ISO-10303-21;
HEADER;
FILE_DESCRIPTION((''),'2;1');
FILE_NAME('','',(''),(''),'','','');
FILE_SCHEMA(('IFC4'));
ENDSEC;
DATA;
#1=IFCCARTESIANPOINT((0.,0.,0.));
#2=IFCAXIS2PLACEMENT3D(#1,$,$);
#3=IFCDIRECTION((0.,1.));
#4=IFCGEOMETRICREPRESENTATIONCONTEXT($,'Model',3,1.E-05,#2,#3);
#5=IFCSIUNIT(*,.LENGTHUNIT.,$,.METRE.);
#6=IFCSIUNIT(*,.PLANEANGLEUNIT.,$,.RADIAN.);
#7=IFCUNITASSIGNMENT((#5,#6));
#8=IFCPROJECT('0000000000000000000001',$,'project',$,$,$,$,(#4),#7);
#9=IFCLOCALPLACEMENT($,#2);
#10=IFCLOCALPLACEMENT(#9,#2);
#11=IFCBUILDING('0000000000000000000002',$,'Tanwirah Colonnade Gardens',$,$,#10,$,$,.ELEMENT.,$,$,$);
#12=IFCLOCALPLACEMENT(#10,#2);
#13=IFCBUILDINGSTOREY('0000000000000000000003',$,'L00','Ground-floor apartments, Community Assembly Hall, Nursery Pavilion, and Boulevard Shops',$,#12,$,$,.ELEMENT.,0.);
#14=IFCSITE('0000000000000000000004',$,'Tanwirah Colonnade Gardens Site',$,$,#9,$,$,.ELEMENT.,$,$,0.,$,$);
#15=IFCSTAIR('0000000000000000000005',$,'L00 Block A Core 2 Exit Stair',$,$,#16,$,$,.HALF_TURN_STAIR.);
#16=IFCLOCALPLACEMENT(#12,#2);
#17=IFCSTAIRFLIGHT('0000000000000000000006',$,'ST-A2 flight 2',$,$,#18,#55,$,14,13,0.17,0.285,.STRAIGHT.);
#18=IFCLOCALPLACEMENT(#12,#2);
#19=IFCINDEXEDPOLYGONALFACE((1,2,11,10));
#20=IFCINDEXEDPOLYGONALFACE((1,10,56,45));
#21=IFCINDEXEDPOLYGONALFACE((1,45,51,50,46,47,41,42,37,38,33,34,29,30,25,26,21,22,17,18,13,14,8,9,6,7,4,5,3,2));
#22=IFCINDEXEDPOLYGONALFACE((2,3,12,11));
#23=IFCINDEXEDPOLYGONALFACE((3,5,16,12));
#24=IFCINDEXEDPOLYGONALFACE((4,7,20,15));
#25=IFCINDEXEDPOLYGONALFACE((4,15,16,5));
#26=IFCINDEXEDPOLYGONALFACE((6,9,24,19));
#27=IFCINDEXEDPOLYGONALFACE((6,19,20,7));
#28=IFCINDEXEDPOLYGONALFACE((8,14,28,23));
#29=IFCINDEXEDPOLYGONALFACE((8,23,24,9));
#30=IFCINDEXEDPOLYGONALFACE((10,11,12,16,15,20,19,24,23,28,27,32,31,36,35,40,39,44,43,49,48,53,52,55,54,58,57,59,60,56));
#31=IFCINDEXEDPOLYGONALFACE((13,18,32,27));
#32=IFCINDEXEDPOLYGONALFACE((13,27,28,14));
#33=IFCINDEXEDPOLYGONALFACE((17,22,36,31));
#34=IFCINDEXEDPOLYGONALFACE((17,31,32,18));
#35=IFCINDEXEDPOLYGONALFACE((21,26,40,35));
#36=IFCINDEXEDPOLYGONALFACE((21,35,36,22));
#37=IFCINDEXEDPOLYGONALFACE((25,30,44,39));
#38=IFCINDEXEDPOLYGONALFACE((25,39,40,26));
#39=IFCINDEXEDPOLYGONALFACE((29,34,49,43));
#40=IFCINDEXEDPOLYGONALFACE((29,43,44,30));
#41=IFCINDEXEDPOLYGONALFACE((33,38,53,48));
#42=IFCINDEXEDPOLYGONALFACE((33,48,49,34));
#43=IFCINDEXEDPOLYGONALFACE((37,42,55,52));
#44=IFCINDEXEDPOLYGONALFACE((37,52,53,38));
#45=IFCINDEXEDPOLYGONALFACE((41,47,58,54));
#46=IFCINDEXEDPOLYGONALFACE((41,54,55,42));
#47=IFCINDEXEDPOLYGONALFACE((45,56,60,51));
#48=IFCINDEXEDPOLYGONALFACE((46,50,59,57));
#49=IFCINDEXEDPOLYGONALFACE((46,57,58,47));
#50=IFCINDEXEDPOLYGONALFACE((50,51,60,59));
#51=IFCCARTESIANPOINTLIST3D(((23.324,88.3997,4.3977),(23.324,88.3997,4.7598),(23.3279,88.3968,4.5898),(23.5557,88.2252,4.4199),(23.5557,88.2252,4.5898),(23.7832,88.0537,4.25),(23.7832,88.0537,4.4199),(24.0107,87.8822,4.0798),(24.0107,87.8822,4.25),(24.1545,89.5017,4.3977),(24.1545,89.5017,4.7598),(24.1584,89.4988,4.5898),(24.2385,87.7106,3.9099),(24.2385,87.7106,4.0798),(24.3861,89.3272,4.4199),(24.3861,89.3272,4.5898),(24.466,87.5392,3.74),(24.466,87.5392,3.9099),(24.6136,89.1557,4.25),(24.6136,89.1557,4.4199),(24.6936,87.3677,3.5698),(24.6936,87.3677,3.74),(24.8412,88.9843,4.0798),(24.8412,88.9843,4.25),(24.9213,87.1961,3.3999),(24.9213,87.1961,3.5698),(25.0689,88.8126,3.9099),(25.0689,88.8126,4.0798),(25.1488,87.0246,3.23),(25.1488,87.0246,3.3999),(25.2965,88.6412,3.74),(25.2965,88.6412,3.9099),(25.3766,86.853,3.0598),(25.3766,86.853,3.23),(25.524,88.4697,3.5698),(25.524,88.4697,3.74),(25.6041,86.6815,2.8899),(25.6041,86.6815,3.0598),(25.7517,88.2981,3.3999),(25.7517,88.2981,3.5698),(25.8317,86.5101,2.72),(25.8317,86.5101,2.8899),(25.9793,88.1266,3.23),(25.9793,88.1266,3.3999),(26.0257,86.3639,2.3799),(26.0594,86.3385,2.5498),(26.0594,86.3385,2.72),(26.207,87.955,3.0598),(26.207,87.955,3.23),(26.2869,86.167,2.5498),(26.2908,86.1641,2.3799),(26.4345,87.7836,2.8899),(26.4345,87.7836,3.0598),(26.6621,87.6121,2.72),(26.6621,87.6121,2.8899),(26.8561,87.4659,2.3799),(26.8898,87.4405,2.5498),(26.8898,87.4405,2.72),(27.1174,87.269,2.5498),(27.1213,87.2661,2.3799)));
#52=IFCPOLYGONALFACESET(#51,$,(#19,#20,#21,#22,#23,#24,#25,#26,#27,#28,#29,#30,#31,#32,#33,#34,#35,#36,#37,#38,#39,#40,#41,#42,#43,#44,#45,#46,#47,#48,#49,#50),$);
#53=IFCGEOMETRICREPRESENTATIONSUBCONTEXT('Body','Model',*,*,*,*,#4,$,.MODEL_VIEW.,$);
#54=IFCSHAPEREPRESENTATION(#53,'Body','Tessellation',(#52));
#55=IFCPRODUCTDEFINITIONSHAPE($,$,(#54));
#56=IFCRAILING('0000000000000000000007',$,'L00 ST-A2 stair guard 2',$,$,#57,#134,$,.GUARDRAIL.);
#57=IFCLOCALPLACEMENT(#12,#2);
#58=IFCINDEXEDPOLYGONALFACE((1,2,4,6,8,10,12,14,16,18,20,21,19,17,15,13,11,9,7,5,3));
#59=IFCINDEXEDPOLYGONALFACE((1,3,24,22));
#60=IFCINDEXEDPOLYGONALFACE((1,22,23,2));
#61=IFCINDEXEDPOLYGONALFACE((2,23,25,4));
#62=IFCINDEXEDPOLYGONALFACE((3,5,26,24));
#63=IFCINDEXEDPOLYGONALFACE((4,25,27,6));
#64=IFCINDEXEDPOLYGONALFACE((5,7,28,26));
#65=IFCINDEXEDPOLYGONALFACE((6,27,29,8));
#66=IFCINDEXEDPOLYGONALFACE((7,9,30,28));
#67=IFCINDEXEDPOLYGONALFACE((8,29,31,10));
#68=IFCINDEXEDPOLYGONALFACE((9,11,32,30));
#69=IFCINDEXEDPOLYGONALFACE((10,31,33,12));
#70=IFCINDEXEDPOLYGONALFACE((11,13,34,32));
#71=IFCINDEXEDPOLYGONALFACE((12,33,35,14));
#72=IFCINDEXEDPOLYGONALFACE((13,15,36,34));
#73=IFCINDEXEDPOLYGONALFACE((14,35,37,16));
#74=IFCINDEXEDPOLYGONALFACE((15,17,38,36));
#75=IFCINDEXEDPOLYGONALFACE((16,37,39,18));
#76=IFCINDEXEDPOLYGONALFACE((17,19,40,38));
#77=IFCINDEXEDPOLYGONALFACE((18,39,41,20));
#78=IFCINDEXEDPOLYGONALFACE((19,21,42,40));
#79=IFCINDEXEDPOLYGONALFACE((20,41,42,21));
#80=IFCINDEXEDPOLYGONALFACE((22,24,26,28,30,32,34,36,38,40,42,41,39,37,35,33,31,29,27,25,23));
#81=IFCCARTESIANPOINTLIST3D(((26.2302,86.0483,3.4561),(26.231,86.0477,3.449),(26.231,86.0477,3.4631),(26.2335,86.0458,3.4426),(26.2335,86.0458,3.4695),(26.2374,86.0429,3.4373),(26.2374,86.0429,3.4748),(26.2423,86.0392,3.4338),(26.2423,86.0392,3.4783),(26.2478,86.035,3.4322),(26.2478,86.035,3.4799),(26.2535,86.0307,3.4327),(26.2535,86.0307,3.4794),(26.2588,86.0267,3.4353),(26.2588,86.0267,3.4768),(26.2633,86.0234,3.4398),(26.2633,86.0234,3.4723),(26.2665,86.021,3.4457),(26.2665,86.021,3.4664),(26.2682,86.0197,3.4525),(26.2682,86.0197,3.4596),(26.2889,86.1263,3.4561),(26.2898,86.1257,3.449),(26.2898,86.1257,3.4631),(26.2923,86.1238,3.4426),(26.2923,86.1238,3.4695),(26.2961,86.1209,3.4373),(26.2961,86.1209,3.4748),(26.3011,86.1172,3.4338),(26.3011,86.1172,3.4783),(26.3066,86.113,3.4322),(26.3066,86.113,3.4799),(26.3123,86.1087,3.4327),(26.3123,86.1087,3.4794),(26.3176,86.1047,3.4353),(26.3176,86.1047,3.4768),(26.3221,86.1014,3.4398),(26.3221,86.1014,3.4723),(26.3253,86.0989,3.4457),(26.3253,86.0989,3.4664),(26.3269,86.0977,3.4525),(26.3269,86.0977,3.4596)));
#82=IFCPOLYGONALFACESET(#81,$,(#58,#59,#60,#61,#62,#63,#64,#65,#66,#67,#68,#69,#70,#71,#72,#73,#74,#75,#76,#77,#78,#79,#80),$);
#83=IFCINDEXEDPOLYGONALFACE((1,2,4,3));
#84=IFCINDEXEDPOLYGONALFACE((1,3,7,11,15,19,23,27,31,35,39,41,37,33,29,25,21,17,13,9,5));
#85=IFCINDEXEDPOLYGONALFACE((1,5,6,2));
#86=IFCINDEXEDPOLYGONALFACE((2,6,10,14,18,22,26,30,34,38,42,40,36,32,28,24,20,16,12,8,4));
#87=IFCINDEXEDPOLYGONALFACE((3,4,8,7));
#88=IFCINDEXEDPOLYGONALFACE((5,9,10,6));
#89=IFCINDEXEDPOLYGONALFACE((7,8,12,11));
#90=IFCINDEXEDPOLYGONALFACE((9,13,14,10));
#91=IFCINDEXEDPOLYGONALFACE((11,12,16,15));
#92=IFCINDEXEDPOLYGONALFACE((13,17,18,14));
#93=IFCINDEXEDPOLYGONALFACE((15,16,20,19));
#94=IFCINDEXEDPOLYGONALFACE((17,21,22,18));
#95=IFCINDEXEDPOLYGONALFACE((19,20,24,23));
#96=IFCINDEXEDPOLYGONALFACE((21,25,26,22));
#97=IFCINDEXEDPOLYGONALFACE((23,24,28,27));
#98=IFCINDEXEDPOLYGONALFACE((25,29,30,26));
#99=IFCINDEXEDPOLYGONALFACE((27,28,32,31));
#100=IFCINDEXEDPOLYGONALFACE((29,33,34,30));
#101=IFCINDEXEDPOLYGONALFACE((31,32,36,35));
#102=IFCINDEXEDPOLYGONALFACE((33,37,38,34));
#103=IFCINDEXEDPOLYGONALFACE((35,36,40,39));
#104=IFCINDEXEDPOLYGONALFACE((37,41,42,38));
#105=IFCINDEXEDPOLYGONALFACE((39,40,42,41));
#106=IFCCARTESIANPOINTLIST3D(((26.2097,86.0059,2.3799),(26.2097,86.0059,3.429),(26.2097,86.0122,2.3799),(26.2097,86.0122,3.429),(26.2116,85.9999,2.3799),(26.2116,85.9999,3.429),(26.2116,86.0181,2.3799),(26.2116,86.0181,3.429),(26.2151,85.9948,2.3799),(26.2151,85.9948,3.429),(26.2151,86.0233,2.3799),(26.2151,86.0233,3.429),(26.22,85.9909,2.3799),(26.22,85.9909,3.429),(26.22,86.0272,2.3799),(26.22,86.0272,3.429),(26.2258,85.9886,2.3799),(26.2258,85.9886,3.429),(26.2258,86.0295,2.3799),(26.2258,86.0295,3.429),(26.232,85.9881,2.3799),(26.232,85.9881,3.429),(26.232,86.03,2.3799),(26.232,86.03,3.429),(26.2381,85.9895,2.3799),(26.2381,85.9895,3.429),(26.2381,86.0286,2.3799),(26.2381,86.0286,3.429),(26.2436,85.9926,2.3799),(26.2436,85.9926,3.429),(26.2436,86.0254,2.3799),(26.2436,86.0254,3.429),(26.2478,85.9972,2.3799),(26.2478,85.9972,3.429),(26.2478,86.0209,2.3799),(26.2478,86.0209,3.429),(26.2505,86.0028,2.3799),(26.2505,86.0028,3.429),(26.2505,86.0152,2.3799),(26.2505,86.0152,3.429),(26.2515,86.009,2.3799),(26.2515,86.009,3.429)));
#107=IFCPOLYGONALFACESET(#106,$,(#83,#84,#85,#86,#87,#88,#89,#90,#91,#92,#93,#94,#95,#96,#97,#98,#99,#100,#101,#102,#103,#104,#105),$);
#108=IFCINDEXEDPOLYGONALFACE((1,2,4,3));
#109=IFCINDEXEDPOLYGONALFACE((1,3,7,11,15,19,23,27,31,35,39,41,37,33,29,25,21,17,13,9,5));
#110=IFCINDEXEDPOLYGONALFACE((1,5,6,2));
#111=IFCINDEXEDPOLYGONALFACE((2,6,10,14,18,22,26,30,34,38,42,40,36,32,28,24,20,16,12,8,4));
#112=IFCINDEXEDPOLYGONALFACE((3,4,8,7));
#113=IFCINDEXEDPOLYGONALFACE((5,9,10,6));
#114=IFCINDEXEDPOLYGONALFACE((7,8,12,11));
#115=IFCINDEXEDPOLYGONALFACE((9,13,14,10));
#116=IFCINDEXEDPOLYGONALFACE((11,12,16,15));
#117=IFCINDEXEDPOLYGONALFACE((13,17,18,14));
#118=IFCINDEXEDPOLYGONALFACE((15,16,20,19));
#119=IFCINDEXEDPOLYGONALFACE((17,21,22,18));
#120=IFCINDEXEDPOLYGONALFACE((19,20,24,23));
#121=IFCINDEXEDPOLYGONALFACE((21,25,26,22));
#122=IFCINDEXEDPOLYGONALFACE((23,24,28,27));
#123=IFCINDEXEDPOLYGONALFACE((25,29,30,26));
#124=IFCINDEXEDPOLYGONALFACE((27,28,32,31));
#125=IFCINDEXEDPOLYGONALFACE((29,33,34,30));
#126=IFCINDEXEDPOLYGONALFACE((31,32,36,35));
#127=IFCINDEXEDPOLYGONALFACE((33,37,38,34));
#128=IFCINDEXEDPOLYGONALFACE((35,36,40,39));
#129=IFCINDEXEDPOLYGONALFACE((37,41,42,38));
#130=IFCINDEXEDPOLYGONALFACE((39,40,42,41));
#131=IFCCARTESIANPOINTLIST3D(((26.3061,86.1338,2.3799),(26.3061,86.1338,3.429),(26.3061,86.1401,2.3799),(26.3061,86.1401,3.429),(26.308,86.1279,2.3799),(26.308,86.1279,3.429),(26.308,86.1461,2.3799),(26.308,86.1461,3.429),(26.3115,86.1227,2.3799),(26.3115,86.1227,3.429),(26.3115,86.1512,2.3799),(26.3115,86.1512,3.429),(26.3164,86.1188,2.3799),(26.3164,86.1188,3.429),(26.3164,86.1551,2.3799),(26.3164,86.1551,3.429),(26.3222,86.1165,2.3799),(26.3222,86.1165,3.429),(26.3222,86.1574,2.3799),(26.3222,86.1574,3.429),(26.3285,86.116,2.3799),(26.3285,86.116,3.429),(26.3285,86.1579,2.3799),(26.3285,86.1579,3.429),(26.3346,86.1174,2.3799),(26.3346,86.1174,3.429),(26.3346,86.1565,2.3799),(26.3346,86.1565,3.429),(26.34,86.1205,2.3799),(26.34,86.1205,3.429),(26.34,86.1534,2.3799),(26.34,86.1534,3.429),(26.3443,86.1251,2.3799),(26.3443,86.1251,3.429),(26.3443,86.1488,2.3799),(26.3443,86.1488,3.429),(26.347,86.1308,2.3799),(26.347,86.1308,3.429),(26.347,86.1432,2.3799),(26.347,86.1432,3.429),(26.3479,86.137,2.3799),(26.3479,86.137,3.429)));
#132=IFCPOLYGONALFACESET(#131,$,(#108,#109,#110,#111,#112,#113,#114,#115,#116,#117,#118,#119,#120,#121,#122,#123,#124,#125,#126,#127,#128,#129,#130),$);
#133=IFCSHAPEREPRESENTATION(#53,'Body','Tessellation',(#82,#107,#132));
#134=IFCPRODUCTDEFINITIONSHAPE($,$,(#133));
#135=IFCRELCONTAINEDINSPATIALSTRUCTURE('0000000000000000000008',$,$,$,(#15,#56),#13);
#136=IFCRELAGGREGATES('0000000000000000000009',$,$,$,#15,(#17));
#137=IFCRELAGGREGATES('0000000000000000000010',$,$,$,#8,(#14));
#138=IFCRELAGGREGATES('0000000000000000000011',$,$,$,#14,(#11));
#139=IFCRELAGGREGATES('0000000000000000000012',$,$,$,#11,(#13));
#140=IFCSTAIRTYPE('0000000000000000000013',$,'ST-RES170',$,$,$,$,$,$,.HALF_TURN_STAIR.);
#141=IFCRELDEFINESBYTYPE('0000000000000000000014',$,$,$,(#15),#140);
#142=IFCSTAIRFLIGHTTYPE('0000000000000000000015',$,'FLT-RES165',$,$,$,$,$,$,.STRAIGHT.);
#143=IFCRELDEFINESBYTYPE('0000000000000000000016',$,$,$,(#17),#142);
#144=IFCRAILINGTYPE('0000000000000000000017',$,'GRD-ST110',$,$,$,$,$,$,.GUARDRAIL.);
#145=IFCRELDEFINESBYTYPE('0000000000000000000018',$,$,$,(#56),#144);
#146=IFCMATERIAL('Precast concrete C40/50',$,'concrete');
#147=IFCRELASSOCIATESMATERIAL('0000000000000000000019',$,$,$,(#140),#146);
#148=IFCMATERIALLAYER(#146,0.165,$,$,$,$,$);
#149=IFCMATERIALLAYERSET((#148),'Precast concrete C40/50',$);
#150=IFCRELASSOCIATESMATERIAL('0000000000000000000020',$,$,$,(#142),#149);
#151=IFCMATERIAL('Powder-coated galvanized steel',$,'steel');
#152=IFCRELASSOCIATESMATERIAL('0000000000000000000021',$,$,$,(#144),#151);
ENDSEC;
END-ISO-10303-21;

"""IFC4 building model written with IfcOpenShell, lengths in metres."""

from ifc_helpers import new_model, si_unit, direction, frame, origin, origin_2d, place, context, subcontext, project, spatial, polyline, circle, outline, extrude, material, layer, layer_set, type_object, element, aggregate, save


model = new_model("IFC4")

# Units and contexts
model_context = context("Model", 3, precision=1e-05, world=origin(), true_north=direction((0.0, 1.0)))
body_context = subcontext(model_context, "Body", "Model", "MODEL_VIEW")
ifc_project = project(units=[si_unit("LENGTHUNIT", "METRE"), si_unit("PLANEANGLEUNIT", "RADIAN")], contexts=[model_context])

# Site, building, storey
site_placement = place(None, origin())
site = spatial("IfcSite", under=ifc_project, at=site_placement, Name="Tanwirah Colonnade Gardens Site", CompositionType="ELEMENT", RefElevation=0.0)
building_placement = place(site_placement, origin())
building = spatial("IfcBuilding", under=site, at=building_placement, Name="Tanwirah Colonnade Gardens", CompositionType="ELEMENT")
storey_placement = place(building_placement, origin())
storey = spatial("IfcBuildingStorey", under=building, at=storey_placement, Name="L00", Description="Ground-floor apartments, Community Assembly Hall, Nursery Pavilion, and Boulevard Shops", CompositionType="ELEMENT", Elevation=0.0)

# Shared definitions
ifc_material_1 = material(Name="Precast concrete C40/50", Category="concrete")

# Stair, stair flight
stair_type = type_object("IfcStairType", Name="ST-RES170", PredefinedType="HALF_TURN_STAIR", material=ifc_material_1)
stair_placement = place(storey_placement, origin())
stair = element("IfcStair", 1, at=stair_placement, inside=storey, type_object=stair_type, Name="L00 Block A Core 2 Exit Stair", PredefinedType="HALF_TURN_STAIR")
ifc_layer_1 = layer(ifc_material_1, 0.165)
ifc_layer_set_1 = layer_set([ifc_layer_1], Name="Precast concrete C40/50")
stair_flight_type = type_object("IfcStairFlightType", Name="FLT-RES165", PredefinedType="STRAIGHT", material=ifc_layer_set_1)
stair_flight_placement = place(storey_placement, frame((26.7021, 86.718, 2.3799), z_axis=(0.0, 0.0, 1.0), x_axis=(-0.798636, 0.601815, 0.0)))
stair_flight = element("IfcStairFlight", 2, at=stair_flight_placement, type_object=stair_flight_type, Name="ST-A2 flight 2", NumberOfRisers=14, NumberOfTreads=13, PredefinedType="STRAIGHT", RiserHeight=0.17, TreadLength=0.285, context=body_context, shape_type="SweptSolid", body=[
    extrude(outline(polyline([(-0.0049, 0.0), (0.0, 0.1699), (0.2849, 0.1699), (0.2849, 0.3401), (0.5701, 0.3401), (0.5701, 0.51), (0.855, 0.51), (0.855, 0.6799), (1.1399, 0.6799), (1.1399, 0.8501), (1.425, 0.8501), (1.425, 1.02), (1.71, 1.02), (1.71, 1.1899), (1.9951, 1.1899), (1.9951, 1.3601), (2.28, 1.3601), (2.28, 1.53), (2.5649, 1.53), (2.5649, 1.7), (2.8501, 1.7), (2.8501, 1.8701), (3.135, 1.8701), (3.135, 2.04), (3.4199, 2.04), (3.4199, 2.21), (3.7051, 2.21), (3.71, 2.3799), (3.71, 2.0178), (0.3271, 0.0), (-0.0049, 0.0)])), frame((0.0, 0.6899, 0.0), z_axis=(0.0, -1.0, 0.0), x_axis=(1.0, 0.0, 0.0)), (0.0, 0.0, 1.0), 1.3799),
])
aggregate(stair, [stair_flight])

# Railing
ifc_material_2 = material(Name="Powder-coated galvanized steel", Category="steel")
railing_type_1 = type_object("IfcRailingType", Name="GRD-ST110", PredefinedType="GUARDRAIL", material=ifc_material_2)
railing_1_placement = place(storey_placement, frame((26.2305, 86.009, 2.3799)))
element("IfcRailing", 3, at=railing_1_placement, inside=storey, type_object=railing_type_1, Name="L00 ST-A2 stair guard 2", PredefinedType="GUARDRAIL", context=body_context, shape_type="SweptSolid", body=[
    extrude(circle(Radius=0.0239, at=origin_2d()), frame((0.0188, 0.0249, 1.0762), z_axis=(0.601949, 0.798535, 0.0), x_axis=(-0.798535, 0.601949, 0.0)), (0.0, 0.0, 1.0), 0.0977),
    extrude(circle(Radius=0.021, at=origin_2d()), origin(), (0.0, 0.0, 1.0), 1.0491),
    extrude(circle(Radius=0.021, at=origin_2d()), frame((0.0964, 0.1279, 0.0)), (0.0, 0.0, 1.0), 1.0491),
])

save(model, "model.ifc")
